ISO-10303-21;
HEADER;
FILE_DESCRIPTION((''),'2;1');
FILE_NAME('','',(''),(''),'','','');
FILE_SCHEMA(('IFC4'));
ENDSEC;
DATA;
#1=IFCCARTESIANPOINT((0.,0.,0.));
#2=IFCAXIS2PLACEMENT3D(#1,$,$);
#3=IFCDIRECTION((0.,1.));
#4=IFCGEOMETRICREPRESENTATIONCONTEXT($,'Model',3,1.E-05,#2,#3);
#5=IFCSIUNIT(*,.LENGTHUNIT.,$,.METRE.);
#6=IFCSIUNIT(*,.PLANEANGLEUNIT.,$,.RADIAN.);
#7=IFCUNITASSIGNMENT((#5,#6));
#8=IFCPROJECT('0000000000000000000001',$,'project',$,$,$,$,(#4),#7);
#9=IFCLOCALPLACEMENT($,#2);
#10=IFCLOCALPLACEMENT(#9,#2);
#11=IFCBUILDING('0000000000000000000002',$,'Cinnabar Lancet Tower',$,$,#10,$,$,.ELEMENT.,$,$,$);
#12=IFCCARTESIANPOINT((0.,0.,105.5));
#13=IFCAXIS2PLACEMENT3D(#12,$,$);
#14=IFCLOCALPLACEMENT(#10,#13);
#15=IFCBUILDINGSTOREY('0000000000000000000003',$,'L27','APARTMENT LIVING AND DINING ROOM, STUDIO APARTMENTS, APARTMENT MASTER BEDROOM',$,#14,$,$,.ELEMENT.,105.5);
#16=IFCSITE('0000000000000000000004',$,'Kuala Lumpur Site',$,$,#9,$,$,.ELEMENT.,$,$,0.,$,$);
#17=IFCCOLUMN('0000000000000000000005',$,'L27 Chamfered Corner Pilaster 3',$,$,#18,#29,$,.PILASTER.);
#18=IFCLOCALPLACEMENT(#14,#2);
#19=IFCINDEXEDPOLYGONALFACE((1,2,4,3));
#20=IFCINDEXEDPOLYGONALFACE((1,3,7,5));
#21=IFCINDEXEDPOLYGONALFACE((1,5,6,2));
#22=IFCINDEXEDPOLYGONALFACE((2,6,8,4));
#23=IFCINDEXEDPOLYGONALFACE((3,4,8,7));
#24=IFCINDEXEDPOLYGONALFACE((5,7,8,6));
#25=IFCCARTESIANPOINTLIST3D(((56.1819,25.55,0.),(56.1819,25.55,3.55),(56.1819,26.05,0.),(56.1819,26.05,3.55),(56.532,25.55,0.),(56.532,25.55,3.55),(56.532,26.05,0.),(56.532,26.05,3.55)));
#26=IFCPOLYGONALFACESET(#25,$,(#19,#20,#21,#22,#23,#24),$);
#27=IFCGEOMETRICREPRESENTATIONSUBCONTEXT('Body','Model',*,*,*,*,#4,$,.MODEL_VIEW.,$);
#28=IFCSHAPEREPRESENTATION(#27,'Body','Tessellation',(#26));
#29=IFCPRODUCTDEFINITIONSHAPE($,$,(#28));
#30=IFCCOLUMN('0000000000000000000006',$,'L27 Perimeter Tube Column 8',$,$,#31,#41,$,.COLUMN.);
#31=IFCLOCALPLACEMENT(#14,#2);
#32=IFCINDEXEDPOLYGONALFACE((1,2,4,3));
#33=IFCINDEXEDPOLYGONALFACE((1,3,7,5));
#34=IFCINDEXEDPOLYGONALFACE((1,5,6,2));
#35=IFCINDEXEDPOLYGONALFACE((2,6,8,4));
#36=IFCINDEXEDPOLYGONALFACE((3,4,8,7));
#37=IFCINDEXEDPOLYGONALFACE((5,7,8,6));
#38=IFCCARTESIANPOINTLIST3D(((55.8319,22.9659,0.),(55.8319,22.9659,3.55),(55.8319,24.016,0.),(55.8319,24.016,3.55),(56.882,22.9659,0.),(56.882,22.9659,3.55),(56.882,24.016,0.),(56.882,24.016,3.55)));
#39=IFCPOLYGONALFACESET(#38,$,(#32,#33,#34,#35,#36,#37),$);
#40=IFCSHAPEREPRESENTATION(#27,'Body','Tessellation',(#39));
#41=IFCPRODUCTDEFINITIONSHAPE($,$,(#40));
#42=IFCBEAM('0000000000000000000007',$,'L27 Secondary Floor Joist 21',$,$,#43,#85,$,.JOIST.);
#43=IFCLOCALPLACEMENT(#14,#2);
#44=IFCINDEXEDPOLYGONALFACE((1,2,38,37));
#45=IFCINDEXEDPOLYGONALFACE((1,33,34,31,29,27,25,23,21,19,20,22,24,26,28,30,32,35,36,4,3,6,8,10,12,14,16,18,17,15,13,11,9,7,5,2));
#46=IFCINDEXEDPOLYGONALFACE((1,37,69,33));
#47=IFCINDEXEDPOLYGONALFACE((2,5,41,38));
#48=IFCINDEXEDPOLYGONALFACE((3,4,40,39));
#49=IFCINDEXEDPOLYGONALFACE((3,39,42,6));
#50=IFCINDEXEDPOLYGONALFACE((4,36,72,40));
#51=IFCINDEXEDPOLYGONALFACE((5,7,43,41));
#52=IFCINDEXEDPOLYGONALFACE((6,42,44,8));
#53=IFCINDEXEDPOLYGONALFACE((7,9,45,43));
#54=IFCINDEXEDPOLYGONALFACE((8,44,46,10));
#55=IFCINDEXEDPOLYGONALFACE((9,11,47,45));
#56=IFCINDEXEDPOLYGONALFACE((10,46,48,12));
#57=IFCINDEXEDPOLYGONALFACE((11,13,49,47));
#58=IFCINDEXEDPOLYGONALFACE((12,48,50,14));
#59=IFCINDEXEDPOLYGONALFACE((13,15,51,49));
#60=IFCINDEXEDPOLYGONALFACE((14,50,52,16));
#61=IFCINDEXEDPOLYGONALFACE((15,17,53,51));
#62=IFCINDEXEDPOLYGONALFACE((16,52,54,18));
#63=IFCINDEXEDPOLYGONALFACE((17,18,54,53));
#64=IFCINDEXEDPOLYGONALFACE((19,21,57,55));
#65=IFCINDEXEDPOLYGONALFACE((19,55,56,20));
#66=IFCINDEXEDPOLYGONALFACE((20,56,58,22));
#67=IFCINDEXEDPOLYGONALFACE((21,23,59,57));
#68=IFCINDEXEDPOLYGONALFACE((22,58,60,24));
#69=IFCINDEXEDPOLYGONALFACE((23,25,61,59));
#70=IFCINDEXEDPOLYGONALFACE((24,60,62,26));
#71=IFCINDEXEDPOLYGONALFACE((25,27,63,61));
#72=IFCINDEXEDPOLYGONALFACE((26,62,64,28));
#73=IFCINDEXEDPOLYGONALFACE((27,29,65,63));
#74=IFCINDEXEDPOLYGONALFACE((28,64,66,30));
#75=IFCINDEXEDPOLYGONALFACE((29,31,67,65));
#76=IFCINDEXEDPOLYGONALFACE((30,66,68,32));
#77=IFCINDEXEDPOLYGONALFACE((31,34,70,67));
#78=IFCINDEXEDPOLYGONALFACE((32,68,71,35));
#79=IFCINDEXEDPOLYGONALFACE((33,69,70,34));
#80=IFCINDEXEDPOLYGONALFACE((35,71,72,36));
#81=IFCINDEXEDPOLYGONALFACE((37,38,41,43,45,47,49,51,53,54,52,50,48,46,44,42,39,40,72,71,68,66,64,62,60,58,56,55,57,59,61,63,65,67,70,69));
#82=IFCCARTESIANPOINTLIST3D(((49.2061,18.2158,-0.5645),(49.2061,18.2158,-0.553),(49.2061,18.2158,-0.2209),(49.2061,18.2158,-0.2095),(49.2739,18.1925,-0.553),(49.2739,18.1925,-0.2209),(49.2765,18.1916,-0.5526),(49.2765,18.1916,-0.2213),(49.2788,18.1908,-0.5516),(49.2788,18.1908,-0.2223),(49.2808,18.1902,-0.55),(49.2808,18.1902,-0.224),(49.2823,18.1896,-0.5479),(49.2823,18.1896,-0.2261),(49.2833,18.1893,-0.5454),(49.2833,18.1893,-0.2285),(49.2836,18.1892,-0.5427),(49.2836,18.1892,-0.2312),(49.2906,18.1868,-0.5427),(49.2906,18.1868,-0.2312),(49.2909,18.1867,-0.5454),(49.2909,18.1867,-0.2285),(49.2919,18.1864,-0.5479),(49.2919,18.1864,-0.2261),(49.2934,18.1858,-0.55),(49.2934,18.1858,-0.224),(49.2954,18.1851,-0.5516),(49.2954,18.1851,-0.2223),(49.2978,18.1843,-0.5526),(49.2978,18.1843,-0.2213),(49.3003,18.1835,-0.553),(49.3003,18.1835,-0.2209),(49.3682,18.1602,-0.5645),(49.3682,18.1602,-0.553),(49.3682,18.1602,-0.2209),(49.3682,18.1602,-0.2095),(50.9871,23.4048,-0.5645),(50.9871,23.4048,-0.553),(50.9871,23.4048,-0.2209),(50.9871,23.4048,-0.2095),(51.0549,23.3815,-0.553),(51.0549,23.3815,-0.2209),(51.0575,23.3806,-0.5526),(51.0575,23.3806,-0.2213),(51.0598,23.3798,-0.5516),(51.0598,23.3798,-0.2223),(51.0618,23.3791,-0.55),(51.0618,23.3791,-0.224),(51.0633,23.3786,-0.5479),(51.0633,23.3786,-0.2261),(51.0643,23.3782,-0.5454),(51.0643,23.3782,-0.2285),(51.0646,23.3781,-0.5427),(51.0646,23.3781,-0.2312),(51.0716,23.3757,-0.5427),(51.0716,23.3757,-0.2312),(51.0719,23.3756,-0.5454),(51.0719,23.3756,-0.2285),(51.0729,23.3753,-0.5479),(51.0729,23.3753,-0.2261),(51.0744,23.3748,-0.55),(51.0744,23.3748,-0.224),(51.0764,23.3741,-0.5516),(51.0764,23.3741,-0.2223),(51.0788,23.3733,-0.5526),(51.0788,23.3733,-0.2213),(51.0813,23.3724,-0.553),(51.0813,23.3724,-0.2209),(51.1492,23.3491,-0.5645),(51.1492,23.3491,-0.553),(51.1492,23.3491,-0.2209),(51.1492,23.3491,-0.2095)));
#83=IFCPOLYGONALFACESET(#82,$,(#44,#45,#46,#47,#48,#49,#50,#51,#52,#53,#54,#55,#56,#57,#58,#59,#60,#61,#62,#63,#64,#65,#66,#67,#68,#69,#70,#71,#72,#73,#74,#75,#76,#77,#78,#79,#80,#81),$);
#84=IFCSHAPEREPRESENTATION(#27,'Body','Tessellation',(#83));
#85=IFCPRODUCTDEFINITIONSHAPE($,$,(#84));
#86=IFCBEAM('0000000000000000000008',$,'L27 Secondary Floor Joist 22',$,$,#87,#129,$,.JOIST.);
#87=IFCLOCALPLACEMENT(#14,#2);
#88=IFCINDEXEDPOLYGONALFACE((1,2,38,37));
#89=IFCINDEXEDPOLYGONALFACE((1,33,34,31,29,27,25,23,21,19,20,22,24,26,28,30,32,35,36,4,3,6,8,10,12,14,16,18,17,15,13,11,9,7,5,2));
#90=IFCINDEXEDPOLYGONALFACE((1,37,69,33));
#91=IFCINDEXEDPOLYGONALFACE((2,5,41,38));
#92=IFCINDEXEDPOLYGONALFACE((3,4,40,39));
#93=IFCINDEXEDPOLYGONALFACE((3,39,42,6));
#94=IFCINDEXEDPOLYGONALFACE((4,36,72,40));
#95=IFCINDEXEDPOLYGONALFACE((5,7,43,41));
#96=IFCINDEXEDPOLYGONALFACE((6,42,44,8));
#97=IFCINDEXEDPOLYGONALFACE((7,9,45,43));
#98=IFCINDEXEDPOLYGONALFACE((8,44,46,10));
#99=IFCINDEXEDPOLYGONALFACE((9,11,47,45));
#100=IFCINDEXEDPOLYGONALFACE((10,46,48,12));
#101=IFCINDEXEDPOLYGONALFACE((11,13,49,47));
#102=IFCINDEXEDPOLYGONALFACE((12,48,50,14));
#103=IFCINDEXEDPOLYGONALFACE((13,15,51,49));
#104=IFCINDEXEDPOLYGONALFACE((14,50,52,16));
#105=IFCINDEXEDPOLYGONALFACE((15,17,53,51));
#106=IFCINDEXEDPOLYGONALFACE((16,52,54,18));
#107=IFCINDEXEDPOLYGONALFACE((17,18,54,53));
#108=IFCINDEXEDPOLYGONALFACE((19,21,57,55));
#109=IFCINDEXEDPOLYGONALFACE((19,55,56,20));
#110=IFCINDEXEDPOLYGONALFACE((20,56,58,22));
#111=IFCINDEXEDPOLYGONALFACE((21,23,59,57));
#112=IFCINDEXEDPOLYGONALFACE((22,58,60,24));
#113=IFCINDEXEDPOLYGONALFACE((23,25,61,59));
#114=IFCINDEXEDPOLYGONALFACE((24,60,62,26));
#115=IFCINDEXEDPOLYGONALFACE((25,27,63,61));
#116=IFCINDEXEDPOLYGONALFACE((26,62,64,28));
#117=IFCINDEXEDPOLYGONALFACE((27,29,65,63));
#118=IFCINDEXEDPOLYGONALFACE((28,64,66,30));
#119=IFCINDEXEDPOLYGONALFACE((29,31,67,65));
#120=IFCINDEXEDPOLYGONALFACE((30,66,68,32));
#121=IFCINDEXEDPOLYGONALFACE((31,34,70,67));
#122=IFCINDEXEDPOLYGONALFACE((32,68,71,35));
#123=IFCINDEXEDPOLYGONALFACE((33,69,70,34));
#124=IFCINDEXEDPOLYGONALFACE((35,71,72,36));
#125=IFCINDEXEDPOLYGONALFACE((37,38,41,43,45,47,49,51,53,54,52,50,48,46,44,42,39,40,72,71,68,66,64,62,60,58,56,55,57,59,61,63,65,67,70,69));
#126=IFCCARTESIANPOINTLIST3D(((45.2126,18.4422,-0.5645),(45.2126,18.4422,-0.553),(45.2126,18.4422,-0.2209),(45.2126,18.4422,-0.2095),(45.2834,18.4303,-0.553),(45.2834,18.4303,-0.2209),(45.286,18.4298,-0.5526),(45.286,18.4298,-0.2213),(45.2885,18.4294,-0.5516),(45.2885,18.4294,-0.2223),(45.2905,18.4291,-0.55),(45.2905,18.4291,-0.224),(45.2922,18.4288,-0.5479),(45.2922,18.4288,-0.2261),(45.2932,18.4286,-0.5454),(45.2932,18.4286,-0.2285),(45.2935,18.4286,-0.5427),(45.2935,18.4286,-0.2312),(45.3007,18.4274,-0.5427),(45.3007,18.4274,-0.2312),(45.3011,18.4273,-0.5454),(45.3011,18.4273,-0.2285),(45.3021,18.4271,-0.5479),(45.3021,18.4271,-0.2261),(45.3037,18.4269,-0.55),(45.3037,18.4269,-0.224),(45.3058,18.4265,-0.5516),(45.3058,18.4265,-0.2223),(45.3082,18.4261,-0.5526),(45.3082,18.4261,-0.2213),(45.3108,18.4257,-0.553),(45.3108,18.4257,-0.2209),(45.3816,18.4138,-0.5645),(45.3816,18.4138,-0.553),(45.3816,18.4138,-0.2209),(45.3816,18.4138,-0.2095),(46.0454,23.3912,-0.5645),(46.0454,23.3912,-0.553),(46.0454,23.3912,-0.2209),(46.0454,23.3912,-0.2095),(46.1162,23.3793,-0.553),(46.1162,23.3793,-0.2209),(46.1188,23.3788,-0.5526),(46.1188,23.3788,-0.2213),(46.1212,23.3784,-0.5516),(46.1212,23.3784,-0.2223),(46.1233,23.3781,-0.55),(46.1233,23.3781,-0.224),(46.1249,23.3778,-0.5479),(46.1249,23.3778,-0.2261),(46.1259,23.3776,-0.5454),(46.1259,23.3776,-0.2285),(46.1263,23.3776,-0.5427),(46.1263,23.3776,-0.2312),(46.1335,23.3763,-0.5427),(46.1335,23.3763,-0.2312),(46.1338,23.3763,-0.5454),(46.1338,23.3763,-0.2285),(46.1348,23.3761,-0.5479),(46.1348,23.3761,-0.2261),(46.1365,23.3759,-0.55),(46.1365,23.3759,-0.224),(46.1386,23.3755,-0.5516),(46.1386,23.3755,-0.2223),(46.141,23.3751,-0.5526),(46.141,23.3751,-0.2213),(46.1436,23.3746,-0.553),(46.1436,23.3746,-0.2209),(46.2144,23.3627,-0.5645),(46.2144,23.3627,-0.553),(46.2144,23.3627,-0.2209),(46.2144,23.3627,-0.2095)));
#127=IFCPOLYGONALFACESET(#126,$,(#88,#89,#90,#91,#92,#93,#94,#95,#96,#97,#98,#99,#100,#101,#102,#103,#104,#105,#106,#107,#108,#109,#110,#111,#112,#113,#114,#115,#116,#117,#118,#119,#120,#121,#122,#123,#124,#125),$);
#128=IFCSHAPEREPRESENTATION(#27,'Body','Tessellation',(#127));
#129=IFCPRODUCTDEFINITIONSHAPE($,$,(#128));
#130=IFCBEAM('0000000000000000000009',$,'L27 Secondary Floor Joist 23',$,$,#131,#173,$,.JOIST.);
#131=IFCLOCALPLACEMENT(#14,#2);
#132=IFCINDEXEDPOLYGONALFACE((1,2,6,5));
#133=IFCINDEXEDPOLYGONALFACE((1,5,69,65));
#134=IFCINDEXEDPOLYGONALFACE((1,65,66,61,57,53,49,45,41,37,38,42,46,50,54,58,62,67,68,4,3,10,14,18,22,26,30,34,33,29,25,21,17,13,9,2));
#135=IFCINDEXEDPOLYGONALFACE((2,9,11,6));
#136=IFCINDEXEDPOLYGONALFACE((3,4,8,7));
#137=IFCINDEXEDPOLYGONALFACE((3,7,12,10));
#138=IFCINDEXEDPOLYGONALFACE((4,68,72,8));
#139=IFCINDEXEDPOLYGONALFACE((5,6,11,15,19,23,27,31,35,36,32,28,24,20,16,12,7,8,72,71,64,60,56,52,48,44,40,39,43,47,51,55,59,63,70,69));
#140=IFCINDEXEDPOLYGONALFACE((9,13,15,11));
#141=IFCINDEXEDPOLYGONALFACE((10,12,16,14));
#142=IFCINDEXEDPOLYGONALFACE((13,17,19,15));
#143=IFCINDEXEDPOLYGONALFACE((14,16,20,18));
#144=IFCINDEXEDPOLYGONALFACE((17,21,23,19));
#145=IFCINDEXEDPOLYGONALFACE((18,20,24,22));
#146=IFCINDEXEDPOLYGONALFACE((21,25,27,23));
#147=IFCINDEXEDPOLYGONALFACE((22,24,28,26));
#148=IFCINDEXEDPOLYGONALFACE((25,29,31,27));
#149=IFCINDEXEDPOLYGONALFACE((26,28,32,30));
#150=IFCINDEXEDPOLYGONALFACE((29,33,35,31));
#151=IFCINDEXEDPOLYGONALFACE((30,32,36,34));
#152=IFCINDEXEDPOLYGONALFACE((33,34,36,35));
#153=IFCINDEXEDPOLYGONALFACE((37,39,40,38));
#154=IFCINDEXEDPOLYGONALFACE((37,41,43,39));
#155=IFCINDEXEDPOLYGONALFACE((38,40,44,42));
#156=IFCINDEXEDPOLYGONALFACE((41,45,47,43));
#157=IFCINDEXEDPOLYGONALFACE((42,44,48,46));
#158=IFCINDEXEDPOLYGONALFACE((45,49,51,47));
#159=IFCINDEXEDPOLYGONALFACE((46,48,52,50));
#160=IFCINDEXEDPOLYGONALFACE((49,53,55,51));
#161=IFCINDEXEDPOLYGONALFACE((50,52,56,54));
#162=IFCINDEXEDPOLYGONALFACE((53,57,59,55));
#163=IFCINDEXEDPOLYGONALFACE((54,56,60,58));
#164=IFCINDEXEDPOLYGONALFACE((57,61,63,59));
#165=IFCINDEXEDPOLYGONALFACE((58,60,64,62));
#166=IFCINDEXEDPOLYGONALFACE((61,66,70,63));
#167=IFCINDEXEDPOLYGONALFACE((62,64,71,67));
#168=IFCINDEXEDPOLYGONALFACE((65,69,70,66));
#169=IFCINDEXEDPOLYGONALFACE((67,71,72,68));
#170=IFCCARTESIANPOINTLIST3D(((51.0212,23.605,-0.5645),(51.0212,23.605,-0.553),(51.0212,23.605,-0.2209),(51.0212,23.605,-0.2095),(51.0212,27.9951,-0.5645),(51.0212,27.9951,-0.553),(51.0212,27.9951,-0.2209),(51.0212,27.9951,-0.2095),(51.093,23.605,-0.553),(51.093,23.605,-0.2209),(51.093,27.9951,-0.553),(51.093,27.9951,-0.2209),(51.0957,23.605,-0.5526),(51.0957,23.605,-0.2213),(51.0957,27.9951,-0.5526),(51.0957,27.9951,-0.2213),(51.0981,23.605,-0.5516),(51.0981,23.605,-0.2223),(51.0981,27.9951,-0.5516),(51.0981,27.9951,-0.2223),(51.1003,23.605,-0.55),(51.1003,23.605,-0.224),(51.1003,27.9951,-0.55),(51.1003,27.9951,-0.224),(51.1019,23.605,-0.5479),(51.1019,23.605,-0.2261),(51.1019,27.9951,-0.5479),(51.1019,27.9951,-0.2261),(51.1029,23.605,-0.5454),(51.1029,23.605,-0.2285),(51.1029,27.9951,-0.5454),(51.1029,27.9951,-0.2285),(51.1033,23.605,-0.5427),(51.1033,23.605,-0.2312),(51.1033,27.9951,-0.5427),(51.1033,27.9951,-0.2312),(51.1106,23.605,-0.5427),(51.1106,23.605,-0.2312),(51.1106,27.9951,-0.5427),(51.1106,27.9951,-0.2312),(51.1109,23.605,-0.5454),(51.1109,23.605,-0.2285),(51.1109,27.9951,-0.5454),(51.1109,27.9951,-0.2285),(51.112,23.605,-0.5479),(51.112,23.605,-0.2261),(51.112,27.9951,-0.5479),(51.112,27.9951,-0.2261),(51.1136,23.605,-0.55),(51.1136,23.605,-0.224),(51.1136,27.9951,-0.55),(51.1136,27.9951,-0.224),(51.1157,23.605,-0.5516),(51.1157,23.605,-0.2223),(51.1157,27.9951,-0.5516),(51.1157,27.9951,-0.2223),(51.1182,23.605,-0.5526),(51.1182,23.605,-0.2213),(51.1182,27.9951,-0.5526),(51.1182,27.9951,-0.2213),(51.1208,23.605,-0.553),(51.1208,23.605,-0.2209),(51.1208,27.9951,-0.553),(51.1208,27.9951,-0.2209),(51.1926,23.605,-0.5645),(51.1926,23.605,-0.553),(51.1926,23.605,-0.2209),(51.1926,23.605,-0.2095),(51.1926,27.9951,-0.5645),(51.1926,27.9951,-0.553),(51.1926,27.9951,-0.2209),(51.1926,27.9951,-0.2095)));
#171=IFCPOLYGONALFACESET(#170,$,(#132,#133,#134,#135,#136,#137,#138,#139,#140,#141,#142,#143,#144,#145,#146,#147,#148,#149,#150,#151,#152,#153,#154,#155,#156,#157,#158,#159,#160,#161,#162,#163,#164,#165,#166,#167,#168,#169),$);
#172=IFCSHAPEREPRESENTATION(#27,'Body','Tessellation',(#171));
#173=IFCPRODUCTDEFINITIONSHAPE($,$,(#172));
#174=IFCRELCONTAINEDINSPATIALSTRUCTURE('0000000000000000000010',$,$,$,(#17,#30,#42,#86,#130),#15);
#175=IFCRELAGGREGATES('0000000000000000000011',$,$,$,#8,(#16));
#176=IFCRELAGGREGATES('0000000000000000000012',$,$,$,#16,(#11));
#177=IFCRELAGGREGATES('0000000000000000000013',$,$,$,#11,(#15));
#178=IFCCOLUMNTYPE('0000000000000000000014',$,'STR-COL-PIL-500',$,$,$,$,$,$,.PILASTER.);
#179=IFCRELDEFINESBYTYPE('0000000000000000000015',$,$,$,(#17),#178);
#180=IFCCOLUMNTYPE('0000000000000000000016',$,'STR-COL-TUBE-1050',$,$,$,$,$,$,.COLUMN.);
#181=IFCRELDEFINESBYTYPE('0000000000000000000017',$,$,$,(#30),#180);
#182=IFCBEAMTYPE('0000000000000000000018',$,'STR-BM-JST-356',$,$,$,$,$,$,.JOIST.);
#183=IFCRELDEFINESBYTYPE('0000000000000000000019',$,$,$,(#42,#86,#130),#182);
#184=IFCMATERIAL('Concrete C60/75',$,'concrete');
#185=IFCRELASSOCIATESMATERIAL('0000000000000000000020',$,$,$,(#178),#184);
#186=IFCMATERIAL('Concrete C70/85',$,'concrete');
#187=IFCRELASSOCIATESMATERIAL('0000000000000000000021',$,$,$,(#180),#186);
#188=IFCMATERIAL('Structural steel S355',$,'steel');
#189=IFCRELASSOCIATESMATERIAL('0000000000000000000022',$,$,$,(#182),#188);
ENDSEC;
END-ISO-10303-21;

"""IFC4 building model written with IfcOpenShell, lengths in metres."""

from ifc_helpers import new_model, si_unit, direction, frame, origin, origin_2d, place, context, subcontext, project, spatial, rectangle, i_section, extrude, material, material_profile, profile_set, type_object, element, save


model = new_model("IFC4")

# Units and contexts
model_context = context("Model", 3, precision=1e-05, world=origin(), true_north=direction((0.0, 1.0)))
body_context = subcontext(model_context, "Body", "Model", "MODEL_VIEW")
ifc_project = project(units=[si_unit("LENGTHUNIT", "METRE"), si_unit("PLANEANGLEUNIT", "RADIAN")], contexts=[model_context])

# Site, building, storey
site_placement = place(None, origin())
site = spatial("IfcSite", under=ifc_project, at=site_placement, Name="Kuala Lumpur Site", CompositionType="ELEMENT", RefElevation=0.0)
building_placement = place(site_placement, origin())
building = spatial("IfcBuilding", under=site, at=building_placement, Name="Cinnabar Lancet Tower", CompositionType="ELEMENT")
storey_placement = place(building_placement, frame((0.0, 0.0, 105.5)))
storey = spatial("IfcBuildingStorey", under=building, at=storey_placement, Name="L27", Description="APARTMENT LIVING AND DINING ROOM, STUDIO APARTMENTS, APARTMENT MASTER BEDROOM", CompositionType="ELEMENT", Elevation=105.5)

# Columns
ifc_material_1 = material(Name="Concrete C60/75", Category="concrete")
ifc_material_profile_1 = material_profile(ifc_material_1, rectangle(XDim=0.5, YDim=0.3501, at=origin_2d()), Name="RC-PIL 500x350")
ifc_profile_set_1 = profile_set([ifc_material_profile_1], Name="Concrete C60/75")
column_type_1 = type_object("IfcColumnType", Name="STR-COL-PIL-500", PredefinedType="PILASTER", material=ifc_profile_set_1)
column_1_placement = place(storey_placement, frame((56.3569, 25.8, 0.0), z_axis=(0.0, 0.0, 1.0), x_axis=(0.0, 1.0, 0.0)))
element("IfcColumn", 1, at=column_1_placement, inside=storey, type_object=column_type_1, Name="L27 Chamfered Corner Pilaster 3", PredefinedType="PILASTER", context=body_context, shape_type="SweptSolid", body=[
    extrude(rectangle(XDim=0.5, YDim=0.3501, at=origin_2d()), origin(), (0.0, 0.0, 1.0), 3.55),
])
ifc_material_2 = material(Name="Concrete C70/85", Category="concrete")
ifc_material_profile_2 = material_profile(ifc_material_2, rectangle(XDim=1.05, YDim=1.05, at=origin_2d()), Name="RC-COL 1050x1050")
ifc_profile_set_2 = profile_set([ifc_material_profile_2], Name="Concrete C70/85")
column_type_2 = type_object("IfcColumnType", Name="STR-COL-TUBE-1050", PredefinedType="COLUMN", material=ifc_profile_set_2)
column_2_placement = place(storey_placement, frame((56.3569, 23.491, 0.0), z_axis=(0.0, 0.0, 1.0), x_axis=(1.0, 0.0, 0.0)))
element("IfcColumn", 2, at=column_2_placement, inside=storey, type_object=column_type_2, Name="L27 Perimeter Tube Column 8", PredefinedType="COLUMN", context=body_context, shape_type="SweptSolid", body=[
    extrude(rectangle(XDim=1.05, YDim=1.05, at=origin_2d()), origin(), (0.0, 0.0, 1.0), 3.55),
])

# Beams
ifc_material_3 = material(Name="Structural steel S355", Category="steel")
ifc_material_profile_3 = material_profile(ifc_material_3, i_section(OverallWidth=0.1714, OverallDepth=0.355, WebThickness=0.0073, FlangeThickness=0.0115, FilletRadius=0.0103, at=origin_2d()), Name="UKB 356x171x51")
ifc_profile_set_3 = profile_set([ifc_material_profile_3], Name="Structural steel S355")
beam_type_1 = type_object("IfcBeamType", Name="STR-BM-JST-356", PredefinedType="JOIST", material=ifc_profile_set_3)
beam_1_placement = place(storey_placement, frame((49.2871, 18.188, -0.387), z_axis=(0.324639, 0.945838, 0.0), x_axis=(-0.945838, 0.324639, 0.0)))
element("IfcBeam", 3, at=beam_1_placement, inside=storey, type_object=beam_type_1, Name="L27 Secondary Floor Joist 21", PredefinedType="JOIST", context=body_context, shape_type="SweptSolid", body=[
    extrude(i_section(OverallWidth=0.1714, OverallDepth=0.355, WebThickness=0.0073, FlangeThickness=0.0115, FilletRadius=0.0103, at=origin_2d()), origin(), (0.0, 0.0, 1.0), 5.4861),
])
beam_2_placement = place(storey_placement, frame((45.2971, 18.428, -0.387), z_axis=(0.165937, 0.986136, 0.0), x_axis=(-0.986136, 0.165937, 0.0)))
element("IfcBeam", 4, at=beam_2_placement, inside=storey, type_object=beam_type_1, Name="L27 Secondary Floor Joist 22", PredefinedType="JOIST", context=body_context, shape_type="SweptSolid", body=[
    extrude(i_section(OverallWidth=0.1714, OverallDepth=0.355, WebThickness=0.0073, FlangeThickness=0.0115, FilletRadius=0.0103, at=origin_2d()), origin(), (0.0, 0.0, 1.0), 5.0186),
])
for number, where, z_axis, x_axis, name in (
    (5, (51.1069, 23.605, -0.387), (0.0, 1.0, 0.0), (-1.0, 0.0, 0.0), "L27 Secondary Floor Joist 23"),
):
    element("IfcBeam", number, at=place(storey_placement, frame(where, z_axis=z_axis, x_axis=x_axis)), inside=storey, type_object=beam_type_1, Name=name, PredefinedType="JOIST", context=body_context, shape_type="SweptSolid", body=[
        extrude(i_section(OverallWidth=0.1714, OverallDepth=0.355, WebThickness=0.0073, FlangeThickness=0.0115, FilletRadius=0.0103, at=origin_2d()), origin(), (0.0, 0.0, 1.0), 4.3901),
    ])

save(model, "model.ifc")
